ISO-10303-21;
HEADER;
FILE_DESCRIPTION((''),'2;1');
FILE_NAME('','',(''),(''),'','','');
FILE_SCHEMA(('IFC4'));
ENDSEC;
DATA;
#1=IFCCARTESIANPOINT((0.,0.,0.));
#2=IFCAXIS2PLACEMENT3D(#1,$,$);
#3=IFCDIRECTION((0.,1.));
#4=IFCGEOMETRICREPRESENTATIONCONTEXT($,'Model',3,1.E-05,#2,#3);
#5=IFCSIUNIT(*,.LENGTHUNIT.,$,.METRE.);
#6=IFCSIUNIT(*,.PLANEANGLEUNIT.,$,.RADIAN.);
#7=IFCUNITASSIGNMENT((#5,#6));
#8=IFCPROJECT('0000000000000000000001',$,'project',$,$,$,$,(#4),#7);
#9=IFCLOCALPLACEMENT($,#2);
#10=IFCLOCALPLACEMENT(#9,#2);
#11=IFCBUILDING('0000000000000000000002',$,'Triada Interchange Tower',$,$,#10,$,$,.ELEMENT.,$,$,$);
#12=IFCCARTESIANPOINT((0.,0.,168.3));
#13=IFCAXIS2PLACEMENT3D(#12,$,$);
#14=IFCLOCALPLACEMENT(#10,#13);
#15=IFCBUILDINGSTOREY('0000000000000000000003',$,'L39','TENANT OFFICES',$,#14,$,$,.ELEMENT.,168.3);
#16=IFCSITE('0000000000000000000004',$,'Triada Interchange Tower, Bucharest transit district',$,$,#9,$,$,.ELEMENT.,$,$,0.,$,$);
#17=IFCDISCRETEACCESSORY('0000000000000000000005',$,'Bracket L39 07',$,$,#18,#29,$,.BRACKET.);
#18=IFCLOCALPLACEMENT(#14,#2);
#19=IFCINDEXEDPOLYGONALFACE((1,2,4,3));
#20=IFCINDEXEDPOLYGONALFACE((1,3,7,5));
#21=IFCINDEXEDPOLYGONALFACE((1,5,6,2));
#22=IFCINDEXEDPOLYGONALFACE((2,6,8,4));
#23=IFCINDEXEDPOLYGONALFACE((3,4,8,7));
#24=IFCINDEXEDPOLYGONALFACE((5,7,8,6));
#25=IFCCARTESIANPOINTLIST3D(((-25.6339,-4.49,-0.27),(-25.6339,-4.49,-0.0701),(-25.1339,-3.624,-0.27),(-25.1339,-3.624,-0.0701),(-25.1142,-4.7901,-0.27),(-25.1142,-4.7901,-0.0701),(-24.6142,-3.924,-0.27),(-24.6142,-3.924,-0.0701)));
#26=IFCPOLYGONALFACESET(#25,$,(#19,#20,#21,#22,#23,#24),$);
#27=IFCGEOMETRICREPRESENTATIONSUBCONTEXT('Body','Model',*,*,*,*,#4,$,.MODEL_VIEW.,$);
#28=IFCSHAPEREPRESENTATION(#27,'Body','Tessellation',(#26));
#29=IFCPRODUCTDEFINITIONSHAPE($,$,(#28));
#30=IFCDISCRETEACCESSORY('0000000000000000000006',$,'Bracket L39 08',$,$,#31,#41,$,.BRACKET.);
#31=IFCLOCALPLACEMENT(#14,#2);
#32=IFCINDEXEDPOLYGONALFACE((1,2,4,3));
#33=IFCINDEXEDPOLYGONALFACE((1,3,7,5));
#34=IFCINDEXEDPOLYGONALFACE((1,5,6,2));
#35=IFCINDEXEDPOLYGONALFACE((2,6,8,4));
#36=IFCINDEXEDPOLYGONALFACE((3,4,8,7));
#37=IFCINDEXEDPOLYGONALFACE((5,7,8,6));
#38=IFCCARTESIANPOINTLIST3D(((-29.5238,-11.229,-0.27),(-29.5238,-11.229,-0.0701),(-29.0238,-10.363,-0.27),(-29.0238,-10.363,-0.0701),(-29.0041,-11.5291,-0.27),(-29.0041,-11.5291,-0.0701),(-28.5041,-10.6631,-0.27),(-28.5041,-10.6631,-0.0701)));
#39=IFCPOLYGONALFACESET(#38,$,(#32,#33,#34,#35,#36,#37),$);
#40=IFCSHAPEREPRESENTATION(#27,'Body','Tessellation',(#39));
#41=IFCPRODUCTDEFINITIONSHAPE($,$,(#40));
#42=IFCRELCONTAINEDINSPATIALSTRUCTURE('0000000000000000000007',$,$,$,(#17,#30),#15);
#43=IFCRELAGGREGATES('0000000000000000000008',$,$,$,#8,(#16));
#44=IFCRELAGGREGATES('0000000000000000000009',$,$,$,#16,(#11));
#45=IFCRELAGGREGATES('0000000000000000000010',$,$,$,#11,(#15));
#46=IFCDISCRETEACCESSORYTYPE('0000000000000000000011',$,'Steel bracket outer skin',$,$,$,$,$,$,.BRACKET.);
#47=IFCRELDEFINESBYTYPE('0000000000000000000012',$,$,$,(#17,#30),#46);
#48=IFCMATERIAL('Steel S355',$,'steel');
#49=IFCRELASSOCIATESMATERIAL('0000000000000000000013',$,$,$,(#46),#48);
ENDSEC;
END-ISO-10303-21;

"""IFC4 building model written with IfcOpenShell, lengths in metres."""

from ifc_helpers import new_model, si_unit, direction, frame, origin, origin_2d, place, context, subcontext, project, spatial, rectangle, extrude, material, type_object, element, save


model = new_model("IFC4")

# Units and contexts
model_context = context("Model", 3, precision=1e-05, world=origin(), true_north=direction((0.0, 1.0)))
body_context = subcontext(model_context, "Body", "Model", "MODEL_VIEW")
ifc_project = project(units=[si_unit("LENGTHUNIT", "METRE"), si_unit("PLANEANGLEUNIT", "RADIAN")], contexts=[model_context])

# Site, building, storey
site_placement = place(None, origin())
site = spatial("IfcSite", under=ifc_project, at=site_placement, Name="Triada Interchange Tower, Bucharest transit district", CompositionType="ELEMENT", RefElevation=0.0)
building_placement = place(site_placement, origin())
building = spatial("IfcBuilding", under=site, at=building_placement, Name="Triada Interchange Tower", CompositionType="ELEMENT")
storey_placement = place(building_placement, frame((0.0, 0.0, 168.3)))
storey = spatial("IfcBuildingStorey", under=building, at=storey_placement, Name="L39", Description="TENANT OFFICES", CompositionType="ELEMENT", Elevation=168.3)

# Discrete accessories
ifc_material_1 = material(Name="Steel S355", Category="steel")
discrete_accessory_type = type_object("IfcDiscreteAccessoryType", Name="Steel bracket outer skin", PredefinedType="BRACKET", material=ifc_material_1)
for number, where, z_axis, x_axis, name in (
    (1, (-25.124, -4.207, -0.27), (0.0, 0.0, 1.0), (-0.866023, 0.500005, 0.0), "Bracket L39 07"),
    (2, (-29.0139, -10.946, -0.27), (0.0, 0.0, 1.0), (-0.866023, 0.500005, 0.0), "Bracket L39 08"),
):
    element("IfcDiscreteAccessory", number, at=place(storey_placement, frame(where, z_axis=z_axis, x_axis=x_axis)), inside=storey, type_object=discrete_accessory_type, Name=name, PredefinedType="BRACKET", context=body_context, shape_type="SweptSolid", body=[
        extrude(rectangle(XDim=0.6001, YDim=1.0, at=origin_2d()), origin(), (0.0, 0.0, 1.0), 0.2),
    ])

save(model, "model.ifc")
